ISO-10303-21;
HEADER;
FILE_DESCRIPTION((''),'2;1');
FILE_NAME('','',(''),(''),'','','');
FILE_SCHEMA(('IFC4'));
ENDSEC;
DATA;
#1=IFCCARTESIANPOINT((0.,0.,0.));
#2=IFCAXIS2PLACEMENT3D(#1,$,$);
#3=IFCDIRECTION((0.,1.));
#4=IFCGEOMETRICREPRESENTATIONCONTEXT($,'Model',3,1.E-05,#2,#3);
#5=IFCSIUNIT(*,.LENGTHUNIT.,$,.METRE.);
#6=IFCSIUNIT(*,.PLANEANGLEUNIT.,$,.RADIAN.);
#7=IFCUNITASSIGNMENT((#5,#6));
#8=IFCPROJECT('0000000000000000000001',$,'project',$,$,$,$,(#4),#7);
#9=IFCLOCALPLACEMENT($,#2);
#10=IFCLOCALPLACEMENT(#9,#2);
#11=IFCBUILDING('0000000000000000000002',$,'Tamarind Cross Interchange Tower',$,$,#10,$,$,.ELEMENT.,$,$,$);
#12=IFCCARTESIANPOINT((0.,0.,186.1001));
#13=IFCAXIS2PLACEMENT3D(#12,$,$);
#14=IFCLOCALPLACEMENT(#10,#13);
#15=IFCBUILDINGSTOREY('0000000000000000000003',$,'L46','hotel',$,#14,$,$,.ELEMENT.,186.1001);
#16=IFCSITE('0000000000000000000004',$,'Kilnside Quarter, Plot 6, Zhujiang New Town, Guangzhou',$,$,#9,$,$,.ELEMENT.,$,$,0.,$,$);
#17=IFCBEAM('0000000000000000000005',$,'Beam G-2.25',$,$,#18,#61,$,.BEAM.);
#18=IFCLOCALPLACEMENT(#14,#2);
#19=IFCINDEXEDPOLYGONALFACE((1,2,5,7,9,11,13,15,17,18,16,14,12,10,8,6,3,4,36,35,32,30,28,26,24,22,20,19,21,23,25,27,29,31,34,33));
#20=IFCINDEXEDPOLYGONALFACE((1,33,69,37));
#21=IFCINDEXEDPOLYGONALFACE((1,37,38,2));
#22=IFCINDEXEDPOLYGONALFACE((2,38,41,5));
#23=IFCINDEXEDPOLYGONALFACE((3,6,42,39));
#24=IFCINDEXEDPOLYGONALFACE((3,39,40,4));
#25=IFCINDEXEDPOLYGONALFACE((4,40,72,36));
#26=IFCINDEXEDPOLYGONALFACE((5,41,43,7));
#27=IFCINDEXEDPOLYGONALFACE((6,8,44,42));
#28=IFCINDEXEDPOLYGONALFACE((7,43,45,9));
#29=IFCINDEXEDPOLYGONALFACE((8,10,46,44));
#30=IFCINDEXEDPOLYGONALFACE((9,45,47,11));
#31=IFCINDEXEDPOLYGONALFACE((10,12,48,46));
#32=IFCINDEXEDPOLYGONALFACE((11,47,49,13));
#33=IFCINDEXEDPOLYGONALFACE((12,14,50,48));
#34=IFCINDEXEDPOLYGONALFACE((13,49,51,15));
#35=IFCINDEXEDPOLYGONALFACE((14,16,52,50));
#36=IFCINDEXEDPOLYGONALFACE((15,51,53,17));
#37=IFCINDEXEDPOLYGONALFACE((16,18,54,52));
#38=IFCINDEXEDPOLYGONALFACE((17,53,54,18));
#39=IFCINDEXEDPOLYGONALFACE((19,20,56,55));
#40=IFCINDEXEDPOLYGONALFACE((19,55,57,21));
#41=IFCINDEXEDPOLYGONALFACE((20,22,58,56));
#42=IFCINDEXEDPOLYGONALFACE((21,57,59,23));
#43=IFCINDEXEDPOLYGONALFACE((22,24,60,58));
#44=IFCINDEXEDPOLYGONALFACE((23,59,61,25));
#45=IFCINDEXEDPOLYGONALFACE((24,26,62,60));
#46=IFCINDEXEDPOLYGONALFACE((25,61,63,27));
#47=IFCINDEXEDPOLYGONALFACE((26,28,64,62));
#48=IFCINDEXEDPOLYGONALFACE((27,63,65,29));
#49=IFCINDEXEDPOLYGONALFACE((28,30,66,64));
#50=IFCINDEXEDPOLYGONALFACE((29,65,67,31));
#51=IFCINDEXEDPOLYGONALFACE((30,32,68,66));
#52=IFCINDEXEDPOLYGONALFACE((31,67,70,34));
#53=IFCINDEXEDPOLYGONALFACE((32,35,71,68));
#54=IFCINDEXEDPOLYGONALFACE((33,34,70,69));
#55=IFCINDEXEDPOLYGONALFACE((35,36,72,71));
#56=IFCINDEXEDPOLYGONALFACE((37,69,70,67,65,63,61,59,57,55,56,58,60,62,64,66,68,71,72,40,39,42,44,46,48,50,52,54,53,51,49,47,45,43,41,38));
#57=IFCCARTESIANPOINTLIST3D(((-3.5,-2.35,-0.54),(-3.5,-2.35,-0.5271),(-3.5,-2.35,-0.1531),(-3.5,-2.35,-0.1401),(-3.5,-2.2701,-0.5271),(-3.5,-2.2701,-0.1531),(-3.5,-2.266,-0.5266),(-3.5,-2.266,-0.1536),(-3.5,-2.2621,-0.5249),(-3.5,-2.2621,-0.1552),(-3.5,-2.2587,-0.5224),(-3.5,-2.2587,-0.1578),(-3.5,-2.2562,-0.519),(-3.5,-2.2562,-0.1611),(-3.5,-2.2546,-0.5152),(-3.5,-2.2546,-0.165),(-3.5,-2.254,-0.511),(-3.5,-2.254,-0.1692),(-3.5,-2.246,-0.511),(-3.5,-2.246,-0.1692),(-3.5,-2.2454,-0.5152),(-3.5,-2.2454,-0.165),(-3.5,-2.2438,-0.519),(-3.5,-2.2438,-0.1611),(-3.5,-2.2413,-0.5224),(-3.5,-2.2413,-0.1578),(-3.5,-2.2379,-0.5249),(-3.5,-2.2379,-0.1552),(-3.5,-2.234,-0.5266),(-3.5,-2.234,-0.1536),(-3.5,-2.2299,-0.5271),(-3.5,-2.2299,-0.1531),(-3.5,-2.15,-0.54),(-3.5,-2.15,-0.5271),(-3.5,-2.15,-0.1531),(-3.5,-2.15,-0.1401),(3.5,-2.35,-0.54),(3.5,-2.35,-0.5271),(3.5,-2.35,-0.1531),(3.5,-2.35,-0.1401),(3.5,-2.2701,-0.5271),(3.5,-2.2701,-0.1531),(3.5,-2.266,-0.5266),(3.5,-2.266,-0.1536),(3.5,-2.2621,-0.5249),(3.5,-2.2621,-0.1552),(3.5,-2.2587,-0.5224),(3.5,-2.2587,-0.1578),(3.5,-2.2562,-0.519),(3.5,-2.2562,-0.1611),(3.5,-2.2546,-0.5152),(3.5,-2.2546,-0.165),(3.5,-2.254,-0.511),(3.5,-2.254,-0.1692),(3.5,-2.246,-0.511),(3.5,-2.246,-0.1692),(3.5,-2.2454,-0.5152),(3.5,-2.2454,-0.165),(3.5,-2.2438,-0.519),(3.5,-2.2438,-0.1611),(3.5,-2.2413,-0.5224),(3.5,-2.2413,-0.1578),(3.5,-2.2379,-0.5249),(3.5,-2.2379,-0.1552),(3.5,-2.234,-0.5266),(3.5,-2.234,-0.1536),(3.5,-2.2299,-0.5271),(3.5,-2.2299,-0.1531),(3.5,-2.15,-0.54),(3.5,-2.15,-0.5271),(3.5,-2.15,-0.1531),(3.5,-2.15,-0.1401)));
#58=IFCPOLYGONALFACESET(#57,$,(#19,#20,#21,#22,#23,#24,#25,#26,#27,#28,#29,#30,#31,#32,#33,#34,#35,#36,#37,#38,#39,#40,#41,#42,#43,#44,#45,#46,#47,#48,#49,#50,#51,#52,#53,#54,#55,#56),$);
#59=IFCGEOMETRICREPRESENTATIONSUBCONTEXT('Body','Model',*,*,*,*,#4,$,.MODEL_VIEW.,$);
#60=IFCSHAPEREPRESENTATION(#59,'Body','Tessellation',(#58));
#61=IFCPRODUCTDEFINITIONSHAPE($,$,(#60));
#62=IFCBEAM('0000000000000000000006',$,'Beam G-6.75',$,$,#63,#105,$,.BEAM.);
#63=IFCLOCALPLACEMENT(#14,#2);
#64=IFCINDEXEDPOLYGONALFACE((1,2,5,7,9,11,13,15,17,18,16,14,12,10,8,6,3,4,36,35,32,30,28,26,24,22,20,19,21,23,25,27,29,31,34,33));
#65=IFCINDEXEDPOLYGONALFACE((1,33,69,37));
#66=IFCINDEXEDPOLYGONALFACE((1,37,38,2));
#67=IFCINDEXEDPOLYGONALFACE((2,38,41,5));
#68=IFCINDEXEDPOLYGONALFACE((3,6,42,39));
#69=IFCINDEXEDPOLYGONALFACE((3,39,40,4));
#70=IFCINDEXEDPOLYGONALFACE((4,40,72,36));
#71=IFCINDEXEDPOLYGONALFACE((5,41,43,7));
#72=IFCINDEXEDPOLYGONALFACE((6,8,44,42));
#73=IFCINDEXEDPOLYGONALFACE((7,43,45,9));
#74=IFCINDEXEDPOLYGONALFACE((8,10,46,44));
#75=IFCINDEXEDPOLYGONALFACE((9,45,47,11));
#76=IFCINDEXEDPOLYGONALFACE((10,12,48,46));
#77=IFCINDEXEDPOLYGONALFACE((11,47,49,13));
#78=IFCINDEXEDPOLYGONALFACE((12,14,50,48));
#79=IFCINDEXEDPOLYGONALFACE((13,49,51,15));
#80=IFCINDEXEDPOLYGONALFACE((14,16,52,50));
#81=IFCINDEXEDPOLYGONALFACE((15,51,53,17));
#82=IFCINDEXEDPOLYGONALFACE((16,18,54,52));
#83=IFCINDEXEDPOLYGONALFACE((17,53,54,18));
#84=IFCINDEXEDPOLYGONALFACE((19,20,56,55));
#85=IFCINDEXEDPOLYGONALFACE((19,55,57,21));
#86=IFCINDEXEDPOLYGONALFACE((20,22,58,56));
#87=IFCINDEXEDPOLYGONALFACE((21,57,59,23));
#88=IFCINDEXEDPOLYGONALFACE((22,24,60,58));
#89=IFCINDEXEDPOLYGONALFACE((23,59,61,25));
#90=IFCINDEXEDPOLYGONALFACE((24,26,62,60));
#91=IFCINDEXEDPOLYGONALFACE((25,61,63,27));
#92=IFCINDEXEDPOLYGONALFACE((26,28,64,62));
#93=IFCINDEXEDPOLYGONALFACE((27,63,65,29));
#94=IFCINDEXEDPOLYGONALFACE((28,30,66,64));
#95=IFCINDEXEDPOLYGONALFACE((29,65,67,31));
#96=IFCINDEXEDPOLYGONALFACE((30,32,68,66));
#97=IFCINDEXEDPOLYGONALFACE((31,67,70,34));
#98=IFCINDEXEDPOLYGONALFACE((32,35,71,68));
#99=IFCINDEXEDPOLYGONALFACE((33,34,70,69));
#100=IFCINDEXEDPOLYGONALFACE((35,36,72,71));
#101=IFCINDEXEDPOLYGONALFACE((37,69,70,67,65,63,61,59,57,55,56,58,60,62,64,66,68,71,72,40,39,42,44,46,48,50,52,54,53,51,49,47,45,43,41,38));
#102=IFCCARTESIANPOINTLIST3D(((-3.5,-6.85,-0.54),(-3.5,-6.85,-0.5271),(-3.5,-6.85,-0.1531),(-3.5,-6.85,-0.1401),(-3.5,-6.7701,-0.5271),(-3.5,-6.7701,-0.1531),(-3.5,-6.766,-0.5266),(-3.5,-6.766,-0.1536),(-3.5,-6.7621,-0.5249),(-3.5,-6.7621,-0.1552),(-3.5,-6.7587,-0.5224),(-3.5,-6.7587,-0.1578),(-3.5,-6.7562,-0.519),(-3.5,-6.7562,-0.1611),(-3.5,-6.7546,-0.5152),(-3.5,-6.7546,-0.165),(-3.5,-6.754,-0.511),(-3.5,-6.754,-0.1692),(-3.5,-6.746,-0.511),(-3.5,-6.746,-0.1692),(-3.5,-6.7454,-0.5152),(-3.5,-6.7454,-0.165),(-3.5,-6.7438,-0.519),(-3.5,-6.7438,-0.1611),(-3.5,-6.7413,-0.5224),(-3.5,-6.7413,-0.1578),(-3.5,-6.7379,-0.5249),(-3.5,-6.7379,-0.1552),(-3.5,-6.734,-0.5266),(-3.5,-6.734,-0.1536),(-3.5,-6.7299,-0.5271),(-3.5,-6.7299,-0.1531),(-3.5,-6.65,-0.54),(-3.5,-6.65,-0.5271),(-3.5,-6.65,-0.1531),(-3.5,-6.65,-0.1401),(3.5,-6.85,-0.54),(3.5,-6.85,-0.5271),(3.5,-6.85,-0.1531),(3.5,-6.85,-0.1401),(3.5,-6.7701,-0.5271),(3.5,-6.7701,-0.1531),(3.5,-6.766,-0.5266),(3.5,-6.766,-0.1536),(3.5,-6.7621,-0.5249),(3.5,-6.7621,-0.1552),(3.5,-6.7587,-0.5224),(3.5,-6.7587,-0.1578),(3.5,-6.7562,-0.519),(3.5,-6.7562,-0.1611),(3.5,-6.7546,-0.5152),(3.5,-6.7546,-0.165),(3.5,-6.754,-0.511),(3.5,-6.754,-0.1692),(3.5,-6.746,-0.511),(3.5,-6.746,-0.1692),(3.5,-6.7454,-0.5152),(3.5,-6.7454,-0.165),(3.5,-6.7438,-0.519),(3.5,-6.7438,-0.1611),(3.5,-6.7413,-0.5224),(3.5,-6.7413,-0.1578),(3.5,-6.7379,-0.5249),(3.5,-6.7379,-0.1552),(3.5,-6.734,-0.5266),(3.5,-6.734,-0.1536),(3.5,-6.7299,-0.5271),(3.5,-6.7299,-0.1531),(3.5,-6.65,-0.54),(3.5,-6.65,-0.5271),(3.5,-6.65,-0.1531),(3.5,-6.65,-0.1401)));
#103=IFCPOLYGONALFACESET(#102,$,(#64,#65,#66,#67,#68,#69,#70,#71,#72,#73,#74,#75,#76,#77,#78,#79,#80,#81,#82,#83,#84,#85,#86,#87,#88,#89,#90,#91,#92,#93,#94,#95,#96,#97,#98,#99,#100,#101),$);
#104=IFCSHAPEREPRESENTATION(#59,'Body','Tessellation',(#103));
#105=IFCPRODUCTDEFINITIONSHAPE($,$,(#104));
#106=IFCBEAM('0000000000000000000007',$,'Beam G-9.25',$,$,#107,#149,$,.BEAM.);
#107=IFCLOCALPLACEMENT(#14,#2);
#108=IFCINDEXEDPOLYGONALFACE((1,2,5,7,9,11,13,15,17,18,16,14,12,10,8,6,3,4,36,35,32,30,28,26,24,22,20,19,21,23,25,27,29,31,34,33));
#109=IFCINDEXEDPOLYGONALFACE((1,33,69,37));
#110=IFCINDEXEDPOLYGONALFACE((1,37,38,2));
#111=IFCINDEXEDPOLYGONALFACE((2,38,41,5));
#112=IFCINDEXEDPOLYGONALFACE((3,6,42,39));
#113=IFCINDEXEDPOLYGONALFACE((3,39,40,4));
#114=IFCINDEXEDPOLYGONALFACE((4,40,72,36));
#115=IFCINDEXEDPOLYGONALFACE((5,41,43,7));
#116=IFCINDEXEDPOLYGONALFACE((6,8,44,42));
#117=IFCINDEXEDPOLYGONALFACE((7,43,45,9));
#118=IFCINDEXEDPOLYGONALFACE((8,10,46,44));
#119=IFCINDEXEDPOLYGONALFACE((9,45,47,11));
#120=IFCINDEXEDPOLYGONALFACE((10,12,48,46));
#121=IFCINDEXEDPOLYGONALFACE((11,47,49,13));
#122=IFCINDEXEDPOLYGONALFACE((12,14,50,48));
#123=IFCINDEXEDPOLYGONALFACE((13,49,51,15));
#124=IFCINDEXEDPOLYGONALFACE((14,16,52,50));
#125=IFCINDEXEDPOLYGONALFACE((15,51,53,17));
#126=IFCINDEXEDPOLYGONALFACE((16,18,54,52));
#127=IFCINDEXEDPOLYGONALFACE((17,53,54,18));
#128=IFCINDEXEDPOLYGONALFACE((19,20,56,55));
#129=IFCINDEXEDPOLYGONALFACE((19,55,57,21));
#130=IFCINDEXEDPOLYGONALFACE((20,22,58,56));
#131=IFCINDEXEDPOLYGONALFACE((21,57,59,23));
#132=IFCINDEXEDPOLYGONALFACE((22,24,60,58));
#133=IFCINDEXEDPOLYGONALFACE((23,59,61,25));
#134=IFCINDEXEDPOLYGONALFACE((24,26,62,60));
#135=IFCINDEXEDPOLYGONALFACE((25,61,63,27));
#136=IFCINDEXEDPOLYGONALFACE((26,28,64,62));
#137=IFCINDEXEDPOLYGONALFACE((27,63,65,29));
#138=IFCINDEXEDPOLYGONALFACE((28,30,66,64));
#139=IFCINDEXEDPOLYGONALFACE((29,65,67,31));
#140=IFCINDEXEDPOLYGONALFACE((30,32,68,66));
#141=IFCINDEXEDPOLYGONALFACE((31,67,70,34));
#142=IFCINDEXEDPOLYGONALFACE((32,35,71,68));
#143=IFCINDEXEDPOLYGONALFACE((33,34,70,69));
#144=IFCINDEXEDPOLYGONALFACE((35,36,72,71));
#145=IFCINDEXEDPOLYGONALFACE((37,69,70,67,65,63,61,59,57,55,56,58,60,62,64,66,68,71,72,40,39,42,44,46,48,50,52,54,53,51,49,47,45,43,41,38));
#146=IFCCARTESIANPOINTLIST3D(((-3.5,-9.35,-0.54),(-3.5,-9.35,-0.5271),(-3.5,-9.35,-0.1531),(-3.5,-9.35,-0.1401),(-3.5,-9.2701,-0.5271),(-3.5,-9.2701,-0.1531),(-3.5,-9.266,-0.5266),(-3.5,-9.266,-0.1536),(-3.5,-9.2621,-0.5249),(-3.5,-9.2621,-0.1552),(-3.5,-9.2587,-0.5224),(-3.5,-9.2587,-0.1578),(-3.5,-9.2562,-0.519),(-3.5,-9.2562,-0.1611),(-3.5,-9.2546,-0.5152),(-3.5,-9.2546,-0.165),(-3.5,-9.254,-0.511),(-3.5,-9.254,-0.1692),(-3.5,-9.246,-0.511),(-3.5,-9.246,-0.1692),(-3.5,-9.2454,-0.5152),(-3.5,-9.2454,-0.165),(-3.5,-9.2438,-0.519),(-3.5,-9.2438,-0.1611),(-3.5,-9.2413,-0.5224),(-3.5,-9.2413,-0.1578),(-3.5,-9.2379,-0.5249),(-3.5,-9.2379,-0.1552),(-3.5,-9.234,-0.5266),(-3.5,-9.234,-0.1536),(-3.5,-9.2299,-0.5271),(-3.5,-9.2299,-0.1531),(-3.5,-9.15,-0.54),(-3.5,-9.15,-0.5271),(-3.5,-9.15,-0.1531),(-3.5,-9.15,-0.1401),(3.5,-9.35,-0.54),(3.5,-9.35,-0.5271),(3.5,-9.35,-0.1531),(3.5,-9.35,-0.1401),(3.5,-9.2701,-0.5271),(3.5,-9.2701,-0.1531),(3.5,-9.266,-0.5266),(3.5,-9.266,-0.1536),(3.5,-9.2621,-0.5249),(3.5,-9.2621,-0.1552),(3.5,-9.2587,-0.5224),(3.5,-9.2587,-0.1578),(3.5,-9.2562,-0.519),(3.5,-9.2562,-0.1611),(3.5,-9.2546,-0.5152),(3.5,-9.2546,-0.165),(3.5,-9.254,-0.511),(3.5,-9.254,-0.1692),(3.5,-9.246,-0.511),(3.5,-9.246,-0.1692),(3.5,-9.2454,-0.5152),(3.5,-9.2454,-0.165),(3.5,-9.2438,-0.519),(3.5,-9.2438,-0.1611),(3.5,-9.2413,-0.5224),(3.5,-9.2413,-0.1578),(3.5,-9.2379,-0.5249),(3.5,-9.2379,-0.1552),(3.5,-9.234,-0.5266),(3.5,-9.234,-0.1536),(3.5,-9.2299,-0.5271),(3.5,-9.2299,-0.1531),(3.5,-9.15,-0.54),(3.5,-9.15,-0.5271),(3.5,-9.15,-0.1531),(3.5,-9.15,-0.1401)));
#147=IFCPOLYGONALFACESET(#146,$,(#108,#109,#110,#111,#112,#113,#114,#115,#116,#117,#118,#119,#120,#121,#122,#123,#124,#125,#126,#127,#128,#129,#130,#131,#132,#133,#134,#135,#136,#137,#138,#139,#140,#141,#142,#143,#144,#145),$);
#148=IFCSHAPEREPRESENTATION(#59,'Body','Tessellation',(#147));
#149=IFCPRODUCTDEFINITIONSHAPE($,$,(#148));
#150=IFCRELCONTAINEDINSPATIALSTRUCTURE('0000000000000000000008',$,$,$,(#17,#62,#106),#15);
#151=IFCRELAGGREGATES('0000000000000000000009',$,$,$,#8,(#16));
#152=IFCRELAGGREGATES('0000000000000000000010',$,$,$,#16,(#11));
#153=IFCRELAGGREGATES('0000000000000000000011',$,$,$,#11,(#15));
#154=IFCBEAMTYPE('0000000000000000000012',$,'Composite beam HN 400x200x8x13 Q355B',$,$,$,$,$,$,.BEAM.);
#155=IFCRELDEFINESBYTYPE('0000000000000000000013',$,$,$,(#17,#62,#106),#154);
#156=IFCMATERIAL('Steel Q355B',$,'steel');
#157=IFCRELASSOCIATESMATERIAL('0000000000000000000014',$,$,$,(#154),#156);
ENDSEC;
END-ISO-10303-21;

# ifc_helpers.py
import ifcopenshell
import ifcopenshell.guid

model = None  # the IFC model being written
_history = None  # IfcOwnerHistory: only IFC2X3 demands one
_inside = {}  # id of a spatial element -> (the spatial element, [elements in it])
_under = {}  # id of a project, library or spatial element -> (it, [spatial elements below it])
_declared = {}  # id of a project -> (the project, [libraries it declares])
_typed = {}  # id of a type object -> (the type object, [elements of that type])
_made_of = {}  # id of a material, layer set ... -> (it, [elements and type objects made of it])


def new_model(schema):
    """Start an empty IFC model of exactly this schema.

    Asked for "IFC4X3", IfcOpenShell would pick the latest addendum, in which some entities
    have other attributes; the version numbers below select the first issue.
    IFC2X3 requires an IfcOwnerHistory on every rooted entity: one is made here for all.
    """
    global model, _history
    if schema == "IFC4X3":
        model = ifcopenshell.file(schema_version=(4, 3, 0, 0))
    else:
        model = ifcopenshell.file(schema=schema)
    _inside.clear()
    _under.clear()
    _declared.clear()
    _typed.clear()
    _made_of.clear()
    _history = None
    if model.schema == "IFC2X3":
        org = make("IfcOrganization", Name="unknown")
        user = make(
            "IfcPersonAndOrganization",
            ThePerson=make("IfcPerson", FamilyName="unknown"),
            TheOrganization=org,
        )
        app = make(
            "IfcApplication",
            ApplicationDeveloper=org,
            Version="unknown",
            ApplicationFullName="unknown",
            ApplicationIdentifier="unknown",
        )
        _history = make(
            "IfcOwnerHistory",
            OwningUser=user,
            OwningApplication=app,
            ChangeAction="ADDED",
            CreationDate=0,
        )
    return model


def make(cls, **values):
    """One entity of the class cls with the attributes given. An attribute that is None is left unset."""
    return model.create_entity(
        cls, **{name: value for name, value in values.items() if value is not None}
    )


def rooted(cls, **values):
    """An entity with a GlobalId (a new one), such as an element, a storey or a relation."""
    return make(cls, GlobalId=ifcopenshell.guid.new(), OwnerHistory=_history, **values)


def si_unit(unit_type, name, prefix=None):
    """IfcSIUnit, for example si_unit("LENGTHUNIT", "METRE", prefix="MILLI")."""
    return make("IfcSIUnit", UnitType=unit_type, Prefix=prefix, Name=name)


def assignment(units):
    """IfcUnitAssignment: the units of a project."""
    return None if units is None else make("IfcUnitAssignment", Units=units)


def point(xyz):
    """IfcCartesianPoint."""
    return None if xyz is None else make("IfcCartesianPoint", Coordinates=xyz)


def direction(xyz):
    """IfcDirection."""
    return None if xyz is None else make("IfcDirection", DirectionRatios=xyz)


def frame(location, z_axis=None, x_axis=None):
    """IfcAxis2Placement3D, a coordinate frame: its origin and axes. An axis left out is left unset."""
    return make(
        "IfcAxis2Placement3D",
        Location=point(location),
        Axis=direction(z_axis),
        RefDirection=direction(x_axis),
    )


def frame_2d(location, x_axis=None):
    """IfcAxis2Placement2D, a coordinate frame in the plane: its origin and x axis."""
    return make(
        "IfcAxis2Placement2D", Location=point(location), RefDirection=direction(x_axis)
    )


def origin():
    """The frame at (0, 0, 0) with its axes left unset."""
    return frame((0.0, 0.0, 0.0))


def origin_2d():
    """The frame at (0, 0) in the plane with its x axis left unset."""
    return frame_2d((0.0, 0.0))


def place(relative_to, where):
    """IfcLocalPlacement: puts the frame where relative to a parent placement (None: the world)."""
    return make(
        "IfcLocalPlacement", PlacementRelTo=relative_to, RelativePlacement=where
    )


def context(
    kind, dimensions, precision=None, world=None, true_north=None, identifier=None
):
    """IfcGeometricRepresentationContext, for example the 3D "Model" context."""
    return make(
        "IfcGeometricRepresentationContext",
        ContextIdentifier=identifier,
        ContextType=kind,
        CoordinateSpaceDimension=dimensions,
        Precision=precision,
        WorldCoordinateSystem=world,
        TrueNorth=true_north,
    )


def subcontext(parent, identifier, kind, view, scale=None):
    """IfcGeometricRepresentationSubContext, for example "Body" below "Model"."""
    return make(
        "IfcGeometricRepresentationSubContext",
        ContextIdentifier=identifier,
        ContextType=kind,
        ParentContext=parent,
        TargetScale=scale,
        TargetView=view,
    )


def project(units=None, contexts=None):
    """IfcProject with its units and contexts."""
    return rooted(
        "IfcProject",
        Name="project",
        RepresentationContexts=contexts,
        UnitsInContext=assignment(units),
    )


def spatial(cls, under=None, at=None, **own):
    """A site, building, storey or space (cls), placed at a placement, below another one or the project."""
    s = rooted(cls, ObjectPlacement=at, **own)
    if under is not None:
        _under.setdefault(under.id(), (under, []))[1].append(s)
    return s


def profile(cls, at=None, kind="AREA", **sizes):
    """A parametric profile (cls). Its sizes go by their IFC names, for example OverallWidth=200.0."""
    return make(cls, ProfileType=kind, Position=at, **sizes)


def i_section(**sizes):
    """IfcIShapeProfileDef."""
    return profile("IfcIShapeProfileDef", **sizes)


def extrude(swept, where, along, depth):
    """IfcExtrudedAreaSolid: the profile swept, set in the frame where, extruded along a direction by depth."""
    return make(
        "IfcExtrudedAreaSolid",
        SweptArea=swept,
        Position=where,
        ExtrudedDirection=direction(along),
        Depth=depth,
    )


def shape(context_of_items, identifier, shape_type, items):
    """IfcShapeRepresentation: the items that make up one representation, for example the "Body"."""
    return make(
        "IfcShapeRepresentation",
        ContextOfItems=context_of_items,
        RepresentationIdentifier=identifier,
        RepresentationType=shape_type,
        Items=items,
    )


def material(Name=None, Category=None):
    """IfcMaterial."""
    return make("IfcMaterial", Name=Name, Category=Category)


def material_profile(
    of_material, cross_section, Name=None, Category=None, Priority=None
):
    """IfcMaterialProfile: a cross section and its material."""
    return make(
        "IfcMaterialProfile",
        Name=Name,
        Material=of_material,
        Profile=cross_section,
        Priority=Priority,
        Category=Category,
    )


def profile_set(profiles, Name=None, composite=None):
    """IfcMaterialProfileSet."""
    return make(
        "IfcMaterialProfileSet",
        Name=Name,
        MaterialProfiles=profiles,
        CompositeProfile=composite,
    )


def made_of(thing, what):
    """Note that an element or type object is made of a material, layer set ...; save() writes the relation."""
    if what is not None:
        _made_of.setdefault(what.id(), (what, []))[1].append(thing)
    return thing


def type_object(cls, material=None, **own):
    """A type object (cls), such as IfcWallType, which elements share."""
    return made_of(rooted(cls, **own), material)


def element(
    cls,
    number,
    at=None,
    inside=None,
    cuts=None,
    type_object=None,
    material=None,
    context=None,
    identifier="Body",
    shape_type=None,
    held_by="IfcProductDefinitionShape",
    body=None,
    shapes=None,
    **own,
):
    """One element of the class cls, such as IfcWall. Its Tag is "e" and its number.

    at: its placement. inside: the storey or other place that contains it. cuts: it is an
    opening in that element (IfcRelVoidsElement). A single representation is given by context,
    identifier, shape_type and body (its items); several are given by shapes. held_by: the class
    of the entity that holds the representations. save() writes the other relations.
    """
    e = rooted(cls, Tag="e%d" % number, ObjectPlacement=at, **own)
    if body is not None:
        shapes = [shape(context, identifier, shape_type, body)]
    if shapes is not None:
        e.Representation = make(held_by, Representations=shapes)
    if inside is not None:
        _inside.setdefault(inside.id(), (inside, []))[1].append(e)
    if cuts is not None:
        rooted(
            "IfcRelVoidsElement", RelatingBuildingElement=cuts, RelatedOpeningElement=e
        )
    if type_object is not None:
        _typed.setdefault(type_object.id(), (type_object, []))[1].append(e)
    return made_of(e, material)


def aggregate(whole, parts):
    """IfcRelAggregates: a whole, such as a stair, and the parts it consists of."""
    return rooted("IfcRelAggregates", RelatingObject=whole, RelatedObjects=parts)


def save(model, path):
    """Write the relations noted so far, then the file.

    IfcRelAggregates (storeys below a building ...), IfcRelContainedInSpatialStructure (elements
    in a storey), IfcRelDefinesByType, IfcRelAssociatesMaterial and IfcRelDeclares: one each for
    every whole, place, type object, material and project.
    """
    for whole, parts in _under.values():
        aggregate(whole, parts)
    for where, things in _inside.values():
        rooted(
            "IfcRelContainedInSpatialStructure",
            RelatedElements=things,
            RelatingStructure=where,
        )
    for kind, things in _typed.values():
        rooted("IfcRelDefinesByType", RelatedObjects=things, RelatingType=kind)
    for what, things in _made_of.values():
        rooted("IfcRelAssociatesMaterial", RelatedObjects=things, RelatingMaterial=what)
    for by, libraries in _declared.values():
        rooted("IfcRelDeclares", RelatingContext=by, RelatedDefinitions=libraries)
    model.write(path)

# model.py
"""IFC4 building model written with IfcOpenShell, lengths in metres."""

from ifc_helpers import new_model, si_unit, direction, frame, origin, origin_2d, place, context, subcontext, project, spatial, i_section, extrude, material, material_profile, profile_set, type_object, element, save


model = new_model("IFC4")

# Units and contexts
model_context = context("Model", 3, precision=1e-05, world=origin(), true_north=direction((0.0, 1.0)))
body_context = subcontext(model_context, "Body", "Model", "MODEL_VIEW")
ifc_project = project(units=[si_unit("LENGTHUNIT", "METRE"), si_unit("PLANEANGLEUNIT", "RADIAN")], contexts=[model_context])

# Site, building, storey
site_placement = place(None, origin())
site = spatial("IfcSite", under=ifc_project, at=site_placement, Name="Kilnside Quarter, Plot 6, Zhujiang New Town, Guangzhou", CompositionType="ELEMENT", RefElevation=0.0)
building_placement = place(site_placement, origin())
building = spatial("IfcBuilding", under=site, at=building_placement, Name="Tamarind Cross Interchange Tower", CompositionType="ELEMENT")
storey_placement = place(building_placement, frame((0.0, 0.0, 186.1001)))
storey = spatial("IfcBuildingStorey", under=building, at=storey_placement, Name="L46", Description="hotel", CompositionType="ELEMENT", Elevation=186.1001)

# Beams
ifc_material_1 = material(Name="Steel Q355B", Category="steel")
ifc_material_profile = material_profile(ifc_material_1, i_section(OverallWidth=0.2, OverallDepth=0.3999, WebThickness=0.0081, FlangeThickness=0.0129, FilletRadius=0.0161, at=origin_2d()), Name="HN 400x200x8x13")
ifc_profile_set = profile_set([ifc_material_profile], Name="Steel Q355B")
beam_type = type_object("IfcBeamType", Name="Composite beam HN 400x200x8x13 Q355B", PredefinedType="BEAM", material=ifc_profile_set)
for number, where, z_axis, x_axis, name in (
    (1, (-3.5, -2.25, -0.3401), (1.0, 0.0, 0.0), (0.0, 1.0, 0.0), "Beam G-2.25"),
    (2, (-3.5, -6.75, -0.3401), (1.0, 0.0, 0.0), (0.0, 1.0, 0.0), "Beam G-6.75"),
    (3, (-3.5, -9.25, -0.3401), (1.0, 0.0, 0.0), (0.0, 1.0, 0.0), "Beam G-9.25"),
):
    element("IfcBeam", number, at=place(storey_placement, frame(where, z_axis=z_axis, x_axis=x_axis)), inside=storey, type_object=beam_type, Name=name, PredefinedType="BEAM", context=body_context, shape_type="SweptSolid", body=[
        extrude(i_section(OverallWidth=0.2, OverallDepth=0.3999, WebThickness=0.0081, FlangeThickness=0.0129, FilletRadius=0.0161, at=origin_2d()), origin(), (0.0, 0.0, 1.0), 7.0),
    ])

save(model, "model.ifc")
